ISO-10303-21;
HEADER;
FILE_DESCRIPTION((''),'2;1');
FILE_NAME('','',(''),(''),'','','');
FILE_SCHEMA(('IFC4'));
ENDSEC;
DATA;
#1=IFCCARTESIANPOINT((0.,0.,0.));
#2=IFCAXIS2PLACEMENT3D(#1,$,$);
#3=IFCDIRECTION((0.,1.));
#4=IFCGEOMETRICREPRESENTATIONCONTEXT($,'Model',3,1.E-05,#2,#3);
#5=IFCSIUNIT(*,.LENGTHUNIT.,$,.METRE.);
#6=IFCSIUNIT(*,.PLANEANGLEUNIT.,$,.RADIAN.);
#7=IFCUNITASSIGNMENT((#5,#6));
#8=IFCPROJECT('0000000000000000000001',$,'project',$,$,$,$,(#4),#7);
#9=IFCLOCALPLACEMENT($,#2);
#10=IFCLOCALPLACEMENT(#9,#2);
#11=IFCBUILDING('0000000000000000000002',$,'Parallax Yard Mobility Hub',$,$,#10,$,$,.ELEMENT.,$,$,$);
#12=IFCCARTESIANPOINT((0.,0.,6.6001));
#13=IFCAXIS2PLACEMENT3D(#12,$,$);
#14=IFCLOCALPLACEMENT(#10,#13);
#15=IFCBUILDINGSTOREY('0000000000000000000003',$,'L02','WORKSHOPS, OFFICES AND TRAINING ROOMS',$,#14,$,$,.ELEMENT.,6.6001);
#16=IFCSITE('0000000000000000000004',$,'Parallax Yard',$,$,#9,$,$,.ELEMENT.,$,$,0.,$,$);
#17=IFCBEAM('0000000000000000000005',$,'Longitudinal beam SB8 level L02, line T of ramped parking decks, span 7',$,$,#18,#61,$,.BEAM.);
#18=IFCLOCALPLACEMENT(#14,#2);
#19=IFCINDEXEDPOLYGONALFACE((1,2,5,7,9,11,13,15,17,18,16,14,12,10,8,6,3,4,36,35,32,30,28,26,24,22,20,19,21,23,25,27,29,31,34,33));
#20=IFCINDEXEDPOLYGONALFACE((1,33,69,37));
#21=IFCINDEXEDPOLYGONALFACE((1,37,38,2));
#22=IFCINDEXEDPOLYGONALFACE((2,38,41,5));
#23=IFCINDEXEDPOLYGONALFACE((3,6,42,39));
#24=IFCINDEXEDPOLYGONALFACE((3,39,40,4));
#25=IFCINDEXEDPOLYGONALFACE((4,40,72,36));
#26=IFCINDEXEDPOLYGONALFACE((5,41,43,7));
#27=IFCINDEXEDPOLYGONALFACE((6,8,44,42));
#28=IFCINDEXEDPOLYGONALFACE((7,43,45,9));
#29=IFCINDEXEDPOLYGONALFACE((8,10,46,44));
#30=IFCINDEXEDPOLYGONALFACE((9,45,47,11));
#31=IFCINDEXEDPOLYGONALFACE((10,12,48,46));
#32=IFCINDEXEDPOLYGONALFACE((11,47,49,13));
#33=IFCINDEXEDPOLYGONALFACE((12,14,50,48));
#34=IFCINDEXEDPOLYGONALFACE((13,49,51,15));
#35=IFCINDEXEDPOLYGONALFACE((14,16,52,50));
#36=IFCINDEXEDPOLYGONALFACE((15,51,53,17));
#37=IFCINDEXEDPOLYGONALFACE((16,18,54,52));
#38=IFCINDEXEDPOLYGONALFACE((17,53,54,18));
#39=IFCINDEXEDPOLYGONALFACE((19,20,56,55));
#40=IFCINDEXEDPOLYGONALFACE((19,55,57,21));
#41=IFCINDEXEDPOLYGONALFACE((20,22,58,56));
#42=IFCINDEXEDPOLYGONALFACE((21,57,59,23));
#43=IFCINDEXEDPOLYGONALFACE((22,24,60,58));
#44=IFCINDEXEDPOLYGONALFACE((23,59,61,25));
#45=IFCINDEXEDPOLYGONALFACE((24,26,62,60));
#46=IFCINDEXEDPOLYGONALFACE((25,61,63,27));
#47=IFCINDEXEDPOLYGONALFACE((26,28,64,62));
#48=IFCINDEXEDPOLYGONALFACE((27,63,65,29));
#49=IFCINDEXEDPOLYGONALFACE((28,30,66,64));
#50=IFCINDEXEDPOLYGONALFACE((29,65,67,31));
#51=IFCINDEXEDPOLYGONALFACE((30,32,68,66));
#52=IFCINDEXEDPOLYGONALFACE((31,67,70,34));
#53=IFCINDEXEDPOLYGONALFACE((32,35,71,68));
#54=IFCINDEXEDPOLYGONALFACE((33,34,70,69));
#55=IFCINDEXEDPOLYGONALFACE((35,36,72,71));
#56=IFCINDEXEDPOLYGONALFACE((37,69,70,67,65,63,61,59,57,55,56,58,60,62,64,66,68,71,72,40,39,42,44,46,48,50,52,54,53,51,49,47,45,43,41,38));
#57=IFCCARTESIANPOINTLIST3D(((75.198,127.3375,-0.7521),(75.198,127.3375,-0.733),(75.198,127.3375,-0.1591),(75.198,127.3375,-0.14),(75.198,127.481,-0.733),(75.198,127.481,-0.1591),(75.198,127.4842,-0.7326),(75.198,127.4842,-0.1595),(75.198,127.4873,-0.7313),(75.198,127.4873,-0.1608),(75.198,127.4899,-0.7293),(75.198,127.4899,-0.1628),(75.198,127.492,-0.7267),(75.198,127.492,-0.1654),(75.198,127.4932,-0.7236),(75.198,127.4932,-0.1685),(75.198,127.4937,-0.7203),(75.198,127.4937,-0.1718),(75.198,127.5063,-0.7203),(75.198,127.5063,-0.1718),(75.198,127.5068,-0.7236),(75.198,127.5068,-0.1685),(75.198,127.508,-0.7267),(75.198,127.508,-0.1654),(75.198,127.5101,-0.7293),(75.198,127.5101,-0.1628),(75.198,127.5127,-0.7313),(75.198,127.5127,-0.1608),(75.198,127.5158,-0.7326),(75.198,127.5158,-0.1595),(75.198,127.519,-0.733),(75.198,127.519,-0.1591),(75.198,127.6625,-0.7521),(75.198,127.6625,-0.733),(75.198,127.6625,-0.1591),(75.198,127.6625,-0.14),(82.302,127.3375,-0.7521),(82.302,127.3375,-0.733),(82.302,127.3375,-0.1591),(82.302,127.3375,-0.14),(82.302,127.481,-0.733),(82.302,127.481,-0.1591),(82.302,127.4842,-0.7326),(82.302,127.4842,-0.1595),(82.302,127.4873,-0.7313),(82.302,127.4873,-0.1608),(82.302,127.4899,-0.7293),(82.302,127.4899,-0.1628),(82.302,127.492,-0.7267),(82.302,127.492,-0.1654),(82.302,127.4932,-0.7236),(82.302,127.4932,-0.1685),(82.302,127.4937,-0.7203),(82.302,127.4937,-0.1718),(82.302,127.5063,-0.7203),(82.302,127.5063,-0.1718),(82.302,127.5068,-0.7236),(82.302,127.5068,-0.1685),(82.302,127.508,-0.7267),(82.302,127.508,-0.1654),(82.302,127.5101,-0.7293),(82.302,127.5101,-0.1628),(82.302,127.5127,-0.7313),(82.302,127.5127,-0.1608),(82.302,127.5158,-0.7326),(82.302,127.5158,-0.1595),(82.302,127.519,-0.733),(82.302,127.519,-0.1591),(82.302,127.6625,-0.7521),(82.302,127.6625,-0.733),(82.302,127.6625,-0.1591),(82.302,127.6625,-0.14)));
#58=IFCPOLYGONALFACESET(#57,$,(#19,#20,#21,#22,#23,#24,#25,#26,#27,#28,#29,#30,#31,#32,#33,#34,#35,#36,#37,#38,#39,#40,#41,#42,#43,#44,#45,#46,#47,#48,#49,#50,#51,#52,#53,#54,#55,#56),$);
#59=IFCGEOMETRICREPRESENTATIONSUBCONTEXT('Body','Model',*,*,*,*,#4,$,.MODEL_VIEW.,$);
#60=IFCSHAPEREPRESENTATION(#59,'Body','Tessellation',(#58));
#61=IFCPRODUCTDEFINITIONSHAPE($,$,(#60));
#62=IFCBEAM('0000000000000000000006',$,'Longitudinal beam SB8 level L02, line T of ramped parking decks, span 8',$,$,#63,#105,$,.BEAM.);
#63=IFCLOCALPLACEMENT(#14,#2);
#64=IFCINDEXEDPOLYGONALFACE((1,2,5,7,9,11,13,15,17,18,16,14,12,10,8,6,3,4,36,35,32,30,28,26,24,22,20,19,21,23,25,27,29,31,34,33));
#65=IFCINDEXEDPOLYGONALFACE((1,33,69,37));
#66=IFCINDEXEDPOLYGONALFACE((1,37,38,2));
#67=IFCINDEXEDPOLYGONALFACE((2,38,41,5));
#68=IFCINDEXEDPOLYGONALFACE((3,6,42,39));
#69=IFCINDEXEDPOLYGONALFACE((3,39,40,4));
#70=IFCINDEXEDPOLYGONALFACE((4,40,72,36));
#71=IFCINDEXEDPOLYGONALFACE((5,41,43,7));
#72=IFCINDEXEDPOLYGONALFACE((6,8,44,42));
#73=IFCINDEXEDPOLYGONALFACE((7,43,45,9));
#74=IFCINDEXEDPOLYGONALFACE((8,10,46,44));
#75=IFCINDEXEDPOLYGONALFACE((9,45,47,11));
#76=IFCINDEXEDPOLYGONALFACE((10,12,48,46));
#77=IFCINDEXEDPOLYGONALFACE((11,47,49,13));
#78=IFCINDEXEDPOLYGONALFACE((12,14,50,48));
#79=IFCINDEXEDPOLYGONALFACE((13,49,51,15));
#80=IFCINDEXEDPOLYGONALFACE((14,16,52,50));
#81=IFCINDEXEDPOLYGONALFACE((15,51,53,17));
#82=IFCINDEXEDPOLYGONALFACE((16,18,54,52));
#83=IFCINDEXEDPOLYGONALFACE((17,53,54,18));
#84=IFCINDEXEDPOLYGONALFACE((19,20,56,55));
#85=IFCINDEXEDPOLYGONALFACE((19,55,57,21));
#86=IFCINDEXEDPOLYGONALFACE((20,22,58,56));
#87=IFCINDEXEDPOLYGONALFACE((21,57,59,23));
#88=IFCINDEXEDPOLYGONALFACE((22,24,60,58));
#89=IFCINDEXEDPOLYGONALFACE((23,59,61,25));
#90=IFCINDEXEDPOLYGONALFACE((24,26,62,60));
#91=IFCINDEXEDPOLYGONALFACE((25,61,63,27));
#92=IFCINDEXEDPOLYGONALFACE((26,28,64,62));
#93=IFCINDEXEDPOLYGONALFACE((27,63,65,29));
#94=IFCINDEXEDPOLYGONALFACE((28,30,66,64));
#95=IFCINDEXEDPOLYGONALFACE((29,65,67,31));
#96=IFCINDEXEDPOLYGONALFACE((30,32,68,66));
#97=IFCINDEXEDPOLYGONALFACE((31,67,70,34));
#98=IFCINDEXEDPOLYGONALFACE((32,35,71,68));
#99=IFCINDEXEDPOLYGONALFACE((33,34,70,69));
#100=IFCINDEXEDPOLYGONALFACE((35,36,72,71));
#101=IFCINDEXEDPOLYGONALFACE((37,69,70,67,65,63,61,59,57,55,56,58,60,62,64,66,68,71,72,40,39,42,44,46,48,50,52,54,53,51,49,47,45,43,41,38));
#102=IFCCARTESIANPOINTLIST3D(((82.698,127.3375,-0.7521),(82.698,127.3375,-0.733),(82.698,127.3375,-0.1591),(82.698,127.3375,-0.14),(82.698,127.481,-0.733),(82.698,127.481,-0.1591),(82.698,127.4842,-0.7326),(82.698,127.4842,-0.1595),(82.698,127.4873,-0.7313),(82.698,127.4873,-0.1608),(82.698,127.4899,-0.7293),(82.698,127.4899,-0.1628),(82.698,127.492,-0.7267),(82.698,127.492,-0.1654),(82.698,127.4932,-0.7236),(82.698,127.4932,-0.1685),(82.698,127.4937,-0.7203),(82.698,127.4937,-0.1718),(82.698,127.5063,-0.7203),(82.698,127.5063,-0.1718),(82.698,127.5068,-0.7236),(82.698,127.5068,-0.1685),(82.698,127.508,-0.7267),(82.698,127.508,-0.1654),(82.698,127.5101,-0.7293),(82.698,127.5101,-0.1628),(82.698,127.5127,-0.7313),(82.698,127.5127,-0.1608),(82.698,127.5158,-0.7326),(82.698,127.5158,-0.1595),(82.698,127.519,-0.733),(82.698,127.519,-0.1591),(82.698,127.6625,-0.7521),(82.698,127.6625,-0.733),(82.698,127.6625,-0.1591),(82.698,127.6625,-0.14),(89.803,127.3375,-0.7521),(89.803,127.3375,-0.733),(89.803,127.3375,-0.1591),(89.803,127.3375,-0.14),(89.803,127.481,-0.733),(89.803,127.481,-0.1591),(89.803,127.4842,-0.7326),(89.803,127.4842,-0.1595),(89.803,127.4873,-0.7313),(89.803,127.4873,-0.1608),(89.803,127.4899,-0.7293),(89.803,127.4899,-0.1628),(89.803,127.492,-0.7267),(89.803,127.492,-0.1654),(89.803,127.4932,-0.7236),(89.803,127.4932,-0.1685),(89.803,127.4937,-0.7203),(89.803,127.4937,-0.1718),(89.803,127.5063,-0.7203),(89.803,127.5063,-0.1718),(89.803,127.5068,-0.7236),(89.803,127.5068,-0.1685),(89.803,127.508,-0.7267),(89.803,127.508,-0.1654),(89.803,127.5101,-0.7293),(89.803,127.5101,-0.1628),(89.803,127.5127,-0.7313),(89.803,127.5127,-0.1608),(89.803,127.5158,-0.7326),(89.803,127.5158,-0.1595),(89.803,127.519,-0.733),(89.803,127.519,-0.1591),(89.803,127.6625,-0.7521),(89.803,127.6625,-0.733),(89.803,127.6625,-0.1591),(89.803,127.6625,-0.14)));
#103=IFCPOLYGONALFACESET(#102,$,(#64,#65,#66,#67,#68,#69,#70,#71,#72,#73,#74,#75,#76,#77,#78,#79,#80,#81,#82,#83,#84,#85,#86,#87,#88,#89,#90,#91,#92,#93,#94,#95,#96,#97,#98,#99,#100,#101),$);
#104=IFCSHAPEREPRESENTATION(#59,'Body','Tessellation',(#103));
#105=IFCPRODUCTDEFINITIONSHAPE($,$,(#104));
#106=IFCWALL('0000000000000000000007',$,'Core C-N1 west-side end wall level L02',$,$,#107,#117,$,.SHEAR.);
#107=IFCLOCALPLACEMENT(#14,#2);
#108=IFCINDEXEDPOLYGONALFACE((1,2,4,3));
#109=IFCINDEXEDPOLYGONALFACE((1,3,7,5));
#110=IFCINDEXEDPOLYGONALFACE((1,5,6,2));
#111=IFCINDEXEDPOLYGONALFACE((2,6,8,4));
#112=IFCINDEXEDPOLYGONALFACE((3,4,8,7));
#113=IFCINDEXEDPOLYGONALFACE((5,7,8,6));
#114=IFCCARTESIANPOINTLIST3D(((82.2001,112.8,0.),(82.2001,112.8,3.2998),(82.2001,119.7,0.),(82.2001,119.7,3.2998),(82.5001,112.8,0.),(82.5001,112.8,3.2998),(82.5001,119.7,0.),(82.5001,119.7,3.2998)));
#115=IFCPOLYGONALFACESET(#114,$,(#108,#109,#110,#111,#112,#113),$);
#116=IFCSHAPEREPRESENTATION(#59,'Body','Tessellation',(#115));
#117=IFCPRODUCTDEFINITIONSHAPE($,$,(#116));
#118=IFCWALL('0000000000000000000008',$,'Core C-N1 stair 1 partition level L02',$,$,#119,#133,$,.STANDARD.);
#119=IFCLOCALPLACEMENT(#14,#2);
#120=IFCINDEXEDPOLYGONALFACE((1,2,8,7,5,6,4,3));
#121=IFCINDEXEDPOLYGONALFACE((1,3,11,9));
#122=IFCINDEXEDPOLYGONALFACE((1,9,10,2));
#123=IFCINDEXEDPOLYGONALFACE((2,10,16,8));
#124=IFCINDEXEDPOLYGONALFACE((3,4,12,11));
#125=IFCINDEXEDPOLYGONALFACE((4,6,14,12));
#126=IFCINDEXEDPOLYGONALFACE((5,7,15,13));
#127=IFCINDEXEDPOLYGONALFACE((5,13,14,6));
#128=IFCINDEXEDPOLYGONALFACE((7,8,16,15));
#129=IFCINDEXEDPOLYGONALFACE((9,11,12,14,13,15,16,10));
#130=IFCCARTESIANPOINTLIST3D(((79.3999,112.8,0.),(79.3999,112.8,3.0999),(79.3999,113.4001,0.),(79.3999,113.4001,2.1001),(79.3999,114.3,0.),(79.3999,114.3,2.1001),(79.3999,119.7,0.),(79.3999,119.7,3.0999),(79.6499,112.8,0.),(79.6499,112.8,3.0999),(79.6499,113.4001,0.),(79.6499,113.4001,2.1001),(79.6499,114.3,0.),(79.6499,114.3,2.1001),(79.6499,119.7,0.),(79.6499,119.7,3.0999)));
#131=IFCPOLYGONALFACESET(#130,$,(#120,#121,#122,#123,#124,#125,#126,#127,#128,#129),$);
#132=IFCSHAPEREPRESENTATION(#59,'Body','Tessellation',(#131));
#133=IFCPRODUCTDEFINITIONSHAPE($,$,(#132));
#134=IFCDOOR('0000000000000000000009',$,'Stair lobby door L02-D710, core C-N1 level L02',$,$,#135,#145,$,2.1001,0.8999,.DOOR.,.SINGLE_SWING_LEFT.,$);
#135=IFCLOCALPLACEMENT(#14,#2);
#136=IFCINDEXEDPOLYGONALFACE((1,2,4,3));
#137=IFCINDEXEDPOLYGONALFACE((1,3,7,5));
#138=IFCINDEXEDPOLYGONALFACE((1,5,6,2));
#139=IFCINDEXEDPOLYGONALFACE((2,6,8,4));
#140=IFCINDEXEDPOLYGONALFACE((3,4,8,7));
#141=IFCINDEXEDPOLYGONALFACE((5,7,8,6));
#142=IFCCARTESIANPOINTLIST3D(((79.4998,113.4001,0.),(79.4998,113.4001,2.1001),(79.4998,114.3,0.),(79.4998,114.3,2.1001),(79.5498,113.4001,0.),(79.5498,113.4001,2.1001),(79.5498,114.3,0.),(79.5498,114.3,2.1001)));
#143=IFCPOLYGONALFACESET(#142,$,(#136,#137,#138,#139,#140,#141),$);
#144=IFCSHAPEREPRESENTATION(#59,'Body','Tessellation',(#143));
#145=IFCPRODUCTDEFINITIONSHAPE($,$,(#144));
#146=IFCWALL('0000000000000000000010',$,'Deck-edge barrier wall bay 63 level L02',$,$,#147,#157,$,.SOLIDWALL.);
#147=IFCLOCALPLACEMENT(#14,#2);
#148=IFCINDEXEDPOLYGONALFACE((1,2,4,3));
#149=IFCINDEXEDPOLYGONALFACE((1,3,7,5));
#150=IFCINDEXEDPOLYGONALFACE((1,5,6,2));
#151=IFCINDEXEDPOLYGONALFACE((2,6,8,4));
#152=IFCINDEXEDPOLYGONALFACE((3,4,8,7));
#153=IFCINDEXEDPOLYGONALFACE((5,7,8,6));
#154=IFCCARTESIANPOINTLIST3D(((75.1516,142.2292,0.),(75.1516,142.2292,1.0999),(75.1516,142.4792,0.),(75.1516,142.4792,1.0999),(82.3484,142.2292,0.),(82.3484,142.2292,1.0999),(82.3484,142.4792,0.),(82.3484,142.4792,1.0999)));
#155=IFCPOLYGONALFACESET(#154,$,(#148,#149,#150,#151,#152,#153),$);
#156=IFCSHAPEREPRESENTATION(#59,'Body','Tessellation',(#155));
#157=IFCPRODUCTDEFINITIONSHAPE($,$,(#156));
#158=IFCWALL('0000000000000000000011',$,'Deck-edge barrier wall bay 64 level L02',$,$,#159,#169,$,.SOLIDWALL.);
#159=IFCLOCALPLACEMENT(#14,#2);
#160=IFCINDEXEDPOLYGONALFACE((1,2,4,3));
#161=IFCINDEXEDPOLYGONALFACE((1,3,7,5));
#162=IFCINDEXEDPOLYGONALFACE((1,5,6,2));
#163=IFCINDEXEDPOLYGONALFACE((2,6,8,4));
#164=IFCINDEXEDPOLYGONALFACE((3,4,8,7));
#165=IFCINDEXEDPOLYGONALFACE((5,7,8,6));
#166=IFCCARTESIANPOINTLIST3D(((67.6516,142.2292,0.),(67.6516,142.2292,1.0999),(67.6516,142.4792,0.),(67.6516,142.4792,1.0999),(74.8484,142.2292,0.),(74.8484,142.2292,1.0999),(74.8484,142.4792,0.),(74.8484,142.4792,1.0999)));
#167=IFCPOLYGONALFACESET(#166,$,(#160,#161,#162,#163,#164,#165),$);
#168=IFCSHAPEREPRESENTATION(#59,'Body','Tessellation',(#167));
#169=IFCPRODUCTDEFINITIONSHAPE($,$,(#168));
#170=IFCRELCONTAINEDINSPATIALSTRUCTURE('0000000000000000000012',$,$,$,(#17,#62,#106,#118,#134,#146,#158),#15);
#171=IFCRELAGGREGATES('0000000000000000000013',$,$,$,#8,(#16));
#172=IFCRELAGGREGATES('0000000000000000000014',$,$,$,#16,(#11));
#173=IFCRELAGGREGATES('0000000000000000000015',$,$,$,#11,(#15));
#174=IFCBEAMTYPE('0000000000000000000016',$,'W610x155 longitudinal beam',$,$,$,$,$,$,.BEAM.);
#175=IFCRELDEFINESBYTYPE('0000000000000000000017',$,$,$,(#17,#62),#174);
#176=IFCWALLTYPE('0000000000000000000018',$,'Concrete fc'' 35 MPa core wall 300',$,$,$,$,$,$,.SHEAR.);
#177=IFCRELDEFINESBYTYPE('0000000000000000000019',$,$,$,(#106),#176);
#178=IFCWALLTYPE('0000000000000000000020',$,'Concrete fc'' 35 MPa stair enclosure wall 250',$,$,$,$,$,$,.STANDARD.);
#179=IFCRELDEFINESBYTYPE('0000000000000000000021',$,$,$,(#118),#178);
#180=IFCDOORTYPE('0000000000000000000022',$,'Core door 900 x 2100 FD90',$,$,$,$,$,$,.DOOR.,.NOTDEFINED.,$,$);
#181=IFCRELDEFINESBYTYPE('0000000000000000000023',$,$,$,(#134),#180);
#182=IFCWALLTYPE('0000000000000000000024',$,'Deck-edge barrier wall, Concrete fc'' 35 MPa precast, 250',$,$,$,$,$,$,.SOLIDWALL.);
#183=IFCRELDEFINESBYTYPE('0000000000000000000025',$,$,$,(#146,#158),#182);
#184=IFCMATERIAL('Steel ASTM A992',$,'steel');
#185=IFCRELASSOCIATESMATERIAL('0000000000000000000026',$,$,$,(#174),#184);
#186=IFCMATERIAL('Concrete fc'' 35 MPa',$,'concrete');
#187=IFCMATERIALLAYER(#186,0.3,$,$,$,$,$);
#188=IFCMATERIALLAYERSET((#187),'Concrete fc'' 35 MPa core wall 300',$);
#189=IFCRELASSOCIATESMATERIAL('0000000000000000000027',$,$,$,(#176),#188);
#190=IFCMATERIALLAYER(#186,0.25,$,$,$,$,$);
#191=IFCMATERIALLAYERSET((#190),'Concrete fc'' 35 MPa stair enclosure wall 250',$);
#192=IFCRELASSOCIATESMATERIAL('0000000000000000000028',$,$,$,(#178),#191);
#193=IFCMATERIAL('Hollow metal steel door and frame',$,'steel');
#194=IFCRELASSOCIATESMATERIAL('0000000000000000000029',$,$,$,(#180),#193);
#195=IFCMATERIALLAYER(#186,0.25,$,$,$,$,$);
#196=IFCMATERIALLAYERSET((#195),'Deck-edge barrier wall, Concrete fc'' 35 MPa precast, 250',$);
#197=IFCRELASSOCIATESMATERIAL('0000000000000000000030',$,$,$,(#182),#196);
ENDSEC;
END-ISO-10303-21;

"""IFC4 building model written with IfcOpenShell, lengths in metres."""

from ifc_helpers import new_model, si_unit, direction, frame, frame_2d, origin, origin_2d, place, context, subcontext, project, spatial, rectangle, i_section, extrude, material, layer, layer_set, material_profile, profile_set, type_object, element, fill, save


model = new_model("IFC4")

# Units and contexts
model_context = context("Model", 3, precision=1e-05, world=origin(), true_north=direction((0.0, 1.0)))
body_context = subcontext(model_context, "Body", "Model", "MODEL_VIEW")
ifc_project = project(units=[si_unit("LENGTHUNIT", "METRE"), si_unit("PLANEANGLEUNIT", "RADIAN")], contexts=[model_context])

# Site, building, storey
site_placement = place(None, origin())
site = spatial("IfcSite", under=ifc_project, at=site_placement, Name="Parallax Yard", CompositionType="ELEMENT", RefElevation=0.0)
building_placement = place(site_placement, origin())
building = spatial("IfcBuilding", under=site, at=building_placement, Name="Parallax Yard Mobility Hub", CompositionType="ELEMENT")
storey_placement = place(building_placement, frame((0.0, 0.0, 6.6001)))
storey = spatial("IfcBuildingStorey", under=building, at=storey_placement, Name="L02", Description="WORKSHOPS, OFFICES AND TRAINING ROOMS", CompositionType="ELEMENT", Elevation=6.6001)

# Shared definitions
ifc_material_1 = material(Name="Steel ASTM A992", Category="steel")

# Beams
ifc_material_profile_1 = material_profile(ifc_material_1, i_section(OverallWidth=0.325, OverallDepth=0.6121, WebThickness=0.0127, FlangeThickness=0.019, FilletRadius=0.0127, at=origin_2d()), Name="W610x155")
ifc_profile_set_1 = profile_set([ifc_material_profile_1], Name="Steel ASTM A992")
beam_type_1 = type_object("IfcBeamType", Name="W610x155 longitudinal beam", PredefinedType="BEAM", material=ifc_profile_set_1)
beam_1_placement = place(storey_placement, frame((75.198, 127.5, -0.446), z_axis=(1.0, 0.0, 0.0), x_axis=(0.0, 1.0, 0.0)))
element("IfcBeam", 1, at=beam_1_placement, inside=storey, type_object=beam_type_1, Name="Longitudinal beam SB8 level L02, line T of ramped parking decks, span 7", PredefinedType="BEAM", context=body_context, shape_type="SweptSolid", body=[
    extrude(i_section(OverallWidth=0.325, OverallDepth=0.6121, WebThickness=0.0127, FlangeThickness=0.019, FilletRadius=0.0127, at=origin_2d()), origin(), (0.0, 0.0, 1.0), 7.104),
])
beam_2_placement = place(storey_placement, frame((82.698, 127.5, -0.446), z_axis=(1.0, 0.0, 0.0), x_axis=(0.0, 1.0, 0.0)))
element("IfcBeam", 2, at=beam_2_placement, inside=storey, type_object=beam_type_1, Name="Longitudinal beam SB8 level L02, line T of ramped parking decks, span 8", PredefinedType="BEAM", context=body_context, shape_type="SweptSolid", body=[
    extrude(i_section(OverallWidth=0.325, OverallDepth=0.6121, WebThickness=0.0127, FlangeThickness=0.019, FilletRadius=0.0127, at=origin_2d()), origin(), (0.0, 0.0, 1.0), 7.105),
])

# Wall
ifc_material_2 = material(Name="Concrete fc' 35 MPa", Category="concrete")
ifc_layer_1 = layer(ifc_material_2, 0.3)
ifc_layer_set_1 = layer_set([ifc_layer_1], Name="Concrete fc' 35 MPa core wall 300")
wall_type_1 = type_object("IfcWallType", Name="Concrete fc' 35 MPa core wall 300", PredefinedType="SHEAR", material=ifc_layer_set_1)
wall_1_placement = place(storey_placement, frame((82.3501, 119.7, 0.0), z_axis=(0.0, 0.0, 1.0), x_axis=(0.0, -1.0, 0.0)))
element("IfcWall", 3, at=wall_1_placement, inside=storey, type_object=wall_type_1, Name="Core C-N1 west-side end wall level L02", PredefinedType="SHEAR", context=body_context, shape_type="SweptSolid", body=[
    extrude(rectangle(XDim=6.8999, YDim=0.3, at=frame_2d((3.45, 0.0))), origin(), (0.0, 0.0, 1.0), 3.2998),
])

# Wall, opening, door
ifc_layer_2 = layer(ifc_material_2, 0.25)
ifc_layer_set_2 = layer_set([ifc_layer_2], Name="Concrete fc' 35 MPa stair enclosure wall 250")
wall_type_2 = type_object("IfcWallType", Name="Concrete fc' 35 MPa stair enclosure wall 250", PredefinedType="STANDARD", material=ifc_layer_set_2)
wall_2_placement = place(storey_placement, frame((79.5249, 119.7, 0.0), z_axis=(0.0, 0.0, 1.0), x_axis=(0.0, -1.0, 0.0)))
wall_2 = element("IfcWall", 4, at=wall_2_placement, inside=storey, type_object=wall_type_2, Name="Core C-N1 stair 1 partition level L02", PredefinedType="STANDARD", context=body_context, shape_type="SweptSolid", body=[
    extrude(rectangle(XDim=6.8999, YDim=0.25, at=frame_2d((3.45, 0.0))), origin(), (0.0, 0.0, 1.0), 3.0999),
])
opening_placement = place(wall_2_placement, frame((5.3999, 0.0, 0.0)))
opening = element("IfcOpeningElement", 5, at=opening_placement, cuts=wall_2, PredefinedType="OPENING", context=body_context, shape_type="SweptSolid", body=[
    extrude(rectangle(XDim=0.8999, YDim=2.1001, at=frame_2d((0.45, 1.05))), frame((0.0, 0.135, 0.0), z_axis=(0.0, -1.0, 0.0), x_axis=(1.0, 0.0, 0.0)), (0.0, 0.0, 1.0), 0.27),
])
ifc_material_3 = material(Name="Hollow metal steel door and frame", Category="steel")
door_type = type_object("IfcDoorType", Name="Core door 900 x 2100 FD90", OperationType="NOTDEFINED", PredefinedType="DOOR", material=ifc_material_3)
door_placement = place(opening_placement, origin())
door = element("IfcDoor", 6, at=door_placement, inside=storey, type_object=door_type, Name="Stair lobby door L02-D710, core C-N1 level L02", OperationType="SINGLE_SWING_LEFT", OverallHeight=2.1001, OverallWidth=0.8999, PredefinedType="DOOR", context=body_context, shape_type="SweptSolid", body=[
    extrude(rectangle(XDim=0.8999, YDim=2.1001, at=frame_2d((0.45, 1.05))), frame((0.0, 0.0249, 0.0), z_axis=(0.0, -1.0, 0.0), x_axis=(1.0, 0.0, 0.0)), (0.0, 0.0, 1.0), 0.05),
])
fill(opening, door)

# Walls
ifc_layer_3 = layer(ifc_material_2, 0.25)
ifc_layer_set_3 = layer_set([ifc_layer_3], Name="Deck-edge barrier wall, Concrete fc' 35 MPa precast, 250")
wall_type_3 = type_object("IfcWallType", Name="Deck-edge barrier wall, Concrete fc' 35 MPa precast, 250", PredefinedType="SOLIDWALL", material=ifc_layer_set_3)
for number, where, z_axis, x_axis, name in (
    (7, (82.3484, 142.3542, 0.0), (0.0, 0.0, 1.0), (-1.0, 0.0, 0.0), "Deck-edge barrier wall bay 63 level L02"),
    (8, (74.8484, 142.3542, 0.0), (0.0, 0.0, 1.0), (-1.0, 0.0, 0.0), "Deck-edge barrier wall bay 64 level L02"),
):
    element("IfcWall", number, at=place(storey_placement, frame(where, z_axis=z_axis, x_axis=x_axis)), inside=storey, type_object=wall_type_3, Name=name, PredefinedType="SOLIDWALL", context=body_context, shape_type="SweptSolid", body=[
        extrude(rectangle(XDim=7.1968, YDim=0.25, at=frame_2d((3.5984, 0.0))), origin(), (0.0, 0.0, 1.0), 1.0999),
    ])

save(model, "model.ifc")
